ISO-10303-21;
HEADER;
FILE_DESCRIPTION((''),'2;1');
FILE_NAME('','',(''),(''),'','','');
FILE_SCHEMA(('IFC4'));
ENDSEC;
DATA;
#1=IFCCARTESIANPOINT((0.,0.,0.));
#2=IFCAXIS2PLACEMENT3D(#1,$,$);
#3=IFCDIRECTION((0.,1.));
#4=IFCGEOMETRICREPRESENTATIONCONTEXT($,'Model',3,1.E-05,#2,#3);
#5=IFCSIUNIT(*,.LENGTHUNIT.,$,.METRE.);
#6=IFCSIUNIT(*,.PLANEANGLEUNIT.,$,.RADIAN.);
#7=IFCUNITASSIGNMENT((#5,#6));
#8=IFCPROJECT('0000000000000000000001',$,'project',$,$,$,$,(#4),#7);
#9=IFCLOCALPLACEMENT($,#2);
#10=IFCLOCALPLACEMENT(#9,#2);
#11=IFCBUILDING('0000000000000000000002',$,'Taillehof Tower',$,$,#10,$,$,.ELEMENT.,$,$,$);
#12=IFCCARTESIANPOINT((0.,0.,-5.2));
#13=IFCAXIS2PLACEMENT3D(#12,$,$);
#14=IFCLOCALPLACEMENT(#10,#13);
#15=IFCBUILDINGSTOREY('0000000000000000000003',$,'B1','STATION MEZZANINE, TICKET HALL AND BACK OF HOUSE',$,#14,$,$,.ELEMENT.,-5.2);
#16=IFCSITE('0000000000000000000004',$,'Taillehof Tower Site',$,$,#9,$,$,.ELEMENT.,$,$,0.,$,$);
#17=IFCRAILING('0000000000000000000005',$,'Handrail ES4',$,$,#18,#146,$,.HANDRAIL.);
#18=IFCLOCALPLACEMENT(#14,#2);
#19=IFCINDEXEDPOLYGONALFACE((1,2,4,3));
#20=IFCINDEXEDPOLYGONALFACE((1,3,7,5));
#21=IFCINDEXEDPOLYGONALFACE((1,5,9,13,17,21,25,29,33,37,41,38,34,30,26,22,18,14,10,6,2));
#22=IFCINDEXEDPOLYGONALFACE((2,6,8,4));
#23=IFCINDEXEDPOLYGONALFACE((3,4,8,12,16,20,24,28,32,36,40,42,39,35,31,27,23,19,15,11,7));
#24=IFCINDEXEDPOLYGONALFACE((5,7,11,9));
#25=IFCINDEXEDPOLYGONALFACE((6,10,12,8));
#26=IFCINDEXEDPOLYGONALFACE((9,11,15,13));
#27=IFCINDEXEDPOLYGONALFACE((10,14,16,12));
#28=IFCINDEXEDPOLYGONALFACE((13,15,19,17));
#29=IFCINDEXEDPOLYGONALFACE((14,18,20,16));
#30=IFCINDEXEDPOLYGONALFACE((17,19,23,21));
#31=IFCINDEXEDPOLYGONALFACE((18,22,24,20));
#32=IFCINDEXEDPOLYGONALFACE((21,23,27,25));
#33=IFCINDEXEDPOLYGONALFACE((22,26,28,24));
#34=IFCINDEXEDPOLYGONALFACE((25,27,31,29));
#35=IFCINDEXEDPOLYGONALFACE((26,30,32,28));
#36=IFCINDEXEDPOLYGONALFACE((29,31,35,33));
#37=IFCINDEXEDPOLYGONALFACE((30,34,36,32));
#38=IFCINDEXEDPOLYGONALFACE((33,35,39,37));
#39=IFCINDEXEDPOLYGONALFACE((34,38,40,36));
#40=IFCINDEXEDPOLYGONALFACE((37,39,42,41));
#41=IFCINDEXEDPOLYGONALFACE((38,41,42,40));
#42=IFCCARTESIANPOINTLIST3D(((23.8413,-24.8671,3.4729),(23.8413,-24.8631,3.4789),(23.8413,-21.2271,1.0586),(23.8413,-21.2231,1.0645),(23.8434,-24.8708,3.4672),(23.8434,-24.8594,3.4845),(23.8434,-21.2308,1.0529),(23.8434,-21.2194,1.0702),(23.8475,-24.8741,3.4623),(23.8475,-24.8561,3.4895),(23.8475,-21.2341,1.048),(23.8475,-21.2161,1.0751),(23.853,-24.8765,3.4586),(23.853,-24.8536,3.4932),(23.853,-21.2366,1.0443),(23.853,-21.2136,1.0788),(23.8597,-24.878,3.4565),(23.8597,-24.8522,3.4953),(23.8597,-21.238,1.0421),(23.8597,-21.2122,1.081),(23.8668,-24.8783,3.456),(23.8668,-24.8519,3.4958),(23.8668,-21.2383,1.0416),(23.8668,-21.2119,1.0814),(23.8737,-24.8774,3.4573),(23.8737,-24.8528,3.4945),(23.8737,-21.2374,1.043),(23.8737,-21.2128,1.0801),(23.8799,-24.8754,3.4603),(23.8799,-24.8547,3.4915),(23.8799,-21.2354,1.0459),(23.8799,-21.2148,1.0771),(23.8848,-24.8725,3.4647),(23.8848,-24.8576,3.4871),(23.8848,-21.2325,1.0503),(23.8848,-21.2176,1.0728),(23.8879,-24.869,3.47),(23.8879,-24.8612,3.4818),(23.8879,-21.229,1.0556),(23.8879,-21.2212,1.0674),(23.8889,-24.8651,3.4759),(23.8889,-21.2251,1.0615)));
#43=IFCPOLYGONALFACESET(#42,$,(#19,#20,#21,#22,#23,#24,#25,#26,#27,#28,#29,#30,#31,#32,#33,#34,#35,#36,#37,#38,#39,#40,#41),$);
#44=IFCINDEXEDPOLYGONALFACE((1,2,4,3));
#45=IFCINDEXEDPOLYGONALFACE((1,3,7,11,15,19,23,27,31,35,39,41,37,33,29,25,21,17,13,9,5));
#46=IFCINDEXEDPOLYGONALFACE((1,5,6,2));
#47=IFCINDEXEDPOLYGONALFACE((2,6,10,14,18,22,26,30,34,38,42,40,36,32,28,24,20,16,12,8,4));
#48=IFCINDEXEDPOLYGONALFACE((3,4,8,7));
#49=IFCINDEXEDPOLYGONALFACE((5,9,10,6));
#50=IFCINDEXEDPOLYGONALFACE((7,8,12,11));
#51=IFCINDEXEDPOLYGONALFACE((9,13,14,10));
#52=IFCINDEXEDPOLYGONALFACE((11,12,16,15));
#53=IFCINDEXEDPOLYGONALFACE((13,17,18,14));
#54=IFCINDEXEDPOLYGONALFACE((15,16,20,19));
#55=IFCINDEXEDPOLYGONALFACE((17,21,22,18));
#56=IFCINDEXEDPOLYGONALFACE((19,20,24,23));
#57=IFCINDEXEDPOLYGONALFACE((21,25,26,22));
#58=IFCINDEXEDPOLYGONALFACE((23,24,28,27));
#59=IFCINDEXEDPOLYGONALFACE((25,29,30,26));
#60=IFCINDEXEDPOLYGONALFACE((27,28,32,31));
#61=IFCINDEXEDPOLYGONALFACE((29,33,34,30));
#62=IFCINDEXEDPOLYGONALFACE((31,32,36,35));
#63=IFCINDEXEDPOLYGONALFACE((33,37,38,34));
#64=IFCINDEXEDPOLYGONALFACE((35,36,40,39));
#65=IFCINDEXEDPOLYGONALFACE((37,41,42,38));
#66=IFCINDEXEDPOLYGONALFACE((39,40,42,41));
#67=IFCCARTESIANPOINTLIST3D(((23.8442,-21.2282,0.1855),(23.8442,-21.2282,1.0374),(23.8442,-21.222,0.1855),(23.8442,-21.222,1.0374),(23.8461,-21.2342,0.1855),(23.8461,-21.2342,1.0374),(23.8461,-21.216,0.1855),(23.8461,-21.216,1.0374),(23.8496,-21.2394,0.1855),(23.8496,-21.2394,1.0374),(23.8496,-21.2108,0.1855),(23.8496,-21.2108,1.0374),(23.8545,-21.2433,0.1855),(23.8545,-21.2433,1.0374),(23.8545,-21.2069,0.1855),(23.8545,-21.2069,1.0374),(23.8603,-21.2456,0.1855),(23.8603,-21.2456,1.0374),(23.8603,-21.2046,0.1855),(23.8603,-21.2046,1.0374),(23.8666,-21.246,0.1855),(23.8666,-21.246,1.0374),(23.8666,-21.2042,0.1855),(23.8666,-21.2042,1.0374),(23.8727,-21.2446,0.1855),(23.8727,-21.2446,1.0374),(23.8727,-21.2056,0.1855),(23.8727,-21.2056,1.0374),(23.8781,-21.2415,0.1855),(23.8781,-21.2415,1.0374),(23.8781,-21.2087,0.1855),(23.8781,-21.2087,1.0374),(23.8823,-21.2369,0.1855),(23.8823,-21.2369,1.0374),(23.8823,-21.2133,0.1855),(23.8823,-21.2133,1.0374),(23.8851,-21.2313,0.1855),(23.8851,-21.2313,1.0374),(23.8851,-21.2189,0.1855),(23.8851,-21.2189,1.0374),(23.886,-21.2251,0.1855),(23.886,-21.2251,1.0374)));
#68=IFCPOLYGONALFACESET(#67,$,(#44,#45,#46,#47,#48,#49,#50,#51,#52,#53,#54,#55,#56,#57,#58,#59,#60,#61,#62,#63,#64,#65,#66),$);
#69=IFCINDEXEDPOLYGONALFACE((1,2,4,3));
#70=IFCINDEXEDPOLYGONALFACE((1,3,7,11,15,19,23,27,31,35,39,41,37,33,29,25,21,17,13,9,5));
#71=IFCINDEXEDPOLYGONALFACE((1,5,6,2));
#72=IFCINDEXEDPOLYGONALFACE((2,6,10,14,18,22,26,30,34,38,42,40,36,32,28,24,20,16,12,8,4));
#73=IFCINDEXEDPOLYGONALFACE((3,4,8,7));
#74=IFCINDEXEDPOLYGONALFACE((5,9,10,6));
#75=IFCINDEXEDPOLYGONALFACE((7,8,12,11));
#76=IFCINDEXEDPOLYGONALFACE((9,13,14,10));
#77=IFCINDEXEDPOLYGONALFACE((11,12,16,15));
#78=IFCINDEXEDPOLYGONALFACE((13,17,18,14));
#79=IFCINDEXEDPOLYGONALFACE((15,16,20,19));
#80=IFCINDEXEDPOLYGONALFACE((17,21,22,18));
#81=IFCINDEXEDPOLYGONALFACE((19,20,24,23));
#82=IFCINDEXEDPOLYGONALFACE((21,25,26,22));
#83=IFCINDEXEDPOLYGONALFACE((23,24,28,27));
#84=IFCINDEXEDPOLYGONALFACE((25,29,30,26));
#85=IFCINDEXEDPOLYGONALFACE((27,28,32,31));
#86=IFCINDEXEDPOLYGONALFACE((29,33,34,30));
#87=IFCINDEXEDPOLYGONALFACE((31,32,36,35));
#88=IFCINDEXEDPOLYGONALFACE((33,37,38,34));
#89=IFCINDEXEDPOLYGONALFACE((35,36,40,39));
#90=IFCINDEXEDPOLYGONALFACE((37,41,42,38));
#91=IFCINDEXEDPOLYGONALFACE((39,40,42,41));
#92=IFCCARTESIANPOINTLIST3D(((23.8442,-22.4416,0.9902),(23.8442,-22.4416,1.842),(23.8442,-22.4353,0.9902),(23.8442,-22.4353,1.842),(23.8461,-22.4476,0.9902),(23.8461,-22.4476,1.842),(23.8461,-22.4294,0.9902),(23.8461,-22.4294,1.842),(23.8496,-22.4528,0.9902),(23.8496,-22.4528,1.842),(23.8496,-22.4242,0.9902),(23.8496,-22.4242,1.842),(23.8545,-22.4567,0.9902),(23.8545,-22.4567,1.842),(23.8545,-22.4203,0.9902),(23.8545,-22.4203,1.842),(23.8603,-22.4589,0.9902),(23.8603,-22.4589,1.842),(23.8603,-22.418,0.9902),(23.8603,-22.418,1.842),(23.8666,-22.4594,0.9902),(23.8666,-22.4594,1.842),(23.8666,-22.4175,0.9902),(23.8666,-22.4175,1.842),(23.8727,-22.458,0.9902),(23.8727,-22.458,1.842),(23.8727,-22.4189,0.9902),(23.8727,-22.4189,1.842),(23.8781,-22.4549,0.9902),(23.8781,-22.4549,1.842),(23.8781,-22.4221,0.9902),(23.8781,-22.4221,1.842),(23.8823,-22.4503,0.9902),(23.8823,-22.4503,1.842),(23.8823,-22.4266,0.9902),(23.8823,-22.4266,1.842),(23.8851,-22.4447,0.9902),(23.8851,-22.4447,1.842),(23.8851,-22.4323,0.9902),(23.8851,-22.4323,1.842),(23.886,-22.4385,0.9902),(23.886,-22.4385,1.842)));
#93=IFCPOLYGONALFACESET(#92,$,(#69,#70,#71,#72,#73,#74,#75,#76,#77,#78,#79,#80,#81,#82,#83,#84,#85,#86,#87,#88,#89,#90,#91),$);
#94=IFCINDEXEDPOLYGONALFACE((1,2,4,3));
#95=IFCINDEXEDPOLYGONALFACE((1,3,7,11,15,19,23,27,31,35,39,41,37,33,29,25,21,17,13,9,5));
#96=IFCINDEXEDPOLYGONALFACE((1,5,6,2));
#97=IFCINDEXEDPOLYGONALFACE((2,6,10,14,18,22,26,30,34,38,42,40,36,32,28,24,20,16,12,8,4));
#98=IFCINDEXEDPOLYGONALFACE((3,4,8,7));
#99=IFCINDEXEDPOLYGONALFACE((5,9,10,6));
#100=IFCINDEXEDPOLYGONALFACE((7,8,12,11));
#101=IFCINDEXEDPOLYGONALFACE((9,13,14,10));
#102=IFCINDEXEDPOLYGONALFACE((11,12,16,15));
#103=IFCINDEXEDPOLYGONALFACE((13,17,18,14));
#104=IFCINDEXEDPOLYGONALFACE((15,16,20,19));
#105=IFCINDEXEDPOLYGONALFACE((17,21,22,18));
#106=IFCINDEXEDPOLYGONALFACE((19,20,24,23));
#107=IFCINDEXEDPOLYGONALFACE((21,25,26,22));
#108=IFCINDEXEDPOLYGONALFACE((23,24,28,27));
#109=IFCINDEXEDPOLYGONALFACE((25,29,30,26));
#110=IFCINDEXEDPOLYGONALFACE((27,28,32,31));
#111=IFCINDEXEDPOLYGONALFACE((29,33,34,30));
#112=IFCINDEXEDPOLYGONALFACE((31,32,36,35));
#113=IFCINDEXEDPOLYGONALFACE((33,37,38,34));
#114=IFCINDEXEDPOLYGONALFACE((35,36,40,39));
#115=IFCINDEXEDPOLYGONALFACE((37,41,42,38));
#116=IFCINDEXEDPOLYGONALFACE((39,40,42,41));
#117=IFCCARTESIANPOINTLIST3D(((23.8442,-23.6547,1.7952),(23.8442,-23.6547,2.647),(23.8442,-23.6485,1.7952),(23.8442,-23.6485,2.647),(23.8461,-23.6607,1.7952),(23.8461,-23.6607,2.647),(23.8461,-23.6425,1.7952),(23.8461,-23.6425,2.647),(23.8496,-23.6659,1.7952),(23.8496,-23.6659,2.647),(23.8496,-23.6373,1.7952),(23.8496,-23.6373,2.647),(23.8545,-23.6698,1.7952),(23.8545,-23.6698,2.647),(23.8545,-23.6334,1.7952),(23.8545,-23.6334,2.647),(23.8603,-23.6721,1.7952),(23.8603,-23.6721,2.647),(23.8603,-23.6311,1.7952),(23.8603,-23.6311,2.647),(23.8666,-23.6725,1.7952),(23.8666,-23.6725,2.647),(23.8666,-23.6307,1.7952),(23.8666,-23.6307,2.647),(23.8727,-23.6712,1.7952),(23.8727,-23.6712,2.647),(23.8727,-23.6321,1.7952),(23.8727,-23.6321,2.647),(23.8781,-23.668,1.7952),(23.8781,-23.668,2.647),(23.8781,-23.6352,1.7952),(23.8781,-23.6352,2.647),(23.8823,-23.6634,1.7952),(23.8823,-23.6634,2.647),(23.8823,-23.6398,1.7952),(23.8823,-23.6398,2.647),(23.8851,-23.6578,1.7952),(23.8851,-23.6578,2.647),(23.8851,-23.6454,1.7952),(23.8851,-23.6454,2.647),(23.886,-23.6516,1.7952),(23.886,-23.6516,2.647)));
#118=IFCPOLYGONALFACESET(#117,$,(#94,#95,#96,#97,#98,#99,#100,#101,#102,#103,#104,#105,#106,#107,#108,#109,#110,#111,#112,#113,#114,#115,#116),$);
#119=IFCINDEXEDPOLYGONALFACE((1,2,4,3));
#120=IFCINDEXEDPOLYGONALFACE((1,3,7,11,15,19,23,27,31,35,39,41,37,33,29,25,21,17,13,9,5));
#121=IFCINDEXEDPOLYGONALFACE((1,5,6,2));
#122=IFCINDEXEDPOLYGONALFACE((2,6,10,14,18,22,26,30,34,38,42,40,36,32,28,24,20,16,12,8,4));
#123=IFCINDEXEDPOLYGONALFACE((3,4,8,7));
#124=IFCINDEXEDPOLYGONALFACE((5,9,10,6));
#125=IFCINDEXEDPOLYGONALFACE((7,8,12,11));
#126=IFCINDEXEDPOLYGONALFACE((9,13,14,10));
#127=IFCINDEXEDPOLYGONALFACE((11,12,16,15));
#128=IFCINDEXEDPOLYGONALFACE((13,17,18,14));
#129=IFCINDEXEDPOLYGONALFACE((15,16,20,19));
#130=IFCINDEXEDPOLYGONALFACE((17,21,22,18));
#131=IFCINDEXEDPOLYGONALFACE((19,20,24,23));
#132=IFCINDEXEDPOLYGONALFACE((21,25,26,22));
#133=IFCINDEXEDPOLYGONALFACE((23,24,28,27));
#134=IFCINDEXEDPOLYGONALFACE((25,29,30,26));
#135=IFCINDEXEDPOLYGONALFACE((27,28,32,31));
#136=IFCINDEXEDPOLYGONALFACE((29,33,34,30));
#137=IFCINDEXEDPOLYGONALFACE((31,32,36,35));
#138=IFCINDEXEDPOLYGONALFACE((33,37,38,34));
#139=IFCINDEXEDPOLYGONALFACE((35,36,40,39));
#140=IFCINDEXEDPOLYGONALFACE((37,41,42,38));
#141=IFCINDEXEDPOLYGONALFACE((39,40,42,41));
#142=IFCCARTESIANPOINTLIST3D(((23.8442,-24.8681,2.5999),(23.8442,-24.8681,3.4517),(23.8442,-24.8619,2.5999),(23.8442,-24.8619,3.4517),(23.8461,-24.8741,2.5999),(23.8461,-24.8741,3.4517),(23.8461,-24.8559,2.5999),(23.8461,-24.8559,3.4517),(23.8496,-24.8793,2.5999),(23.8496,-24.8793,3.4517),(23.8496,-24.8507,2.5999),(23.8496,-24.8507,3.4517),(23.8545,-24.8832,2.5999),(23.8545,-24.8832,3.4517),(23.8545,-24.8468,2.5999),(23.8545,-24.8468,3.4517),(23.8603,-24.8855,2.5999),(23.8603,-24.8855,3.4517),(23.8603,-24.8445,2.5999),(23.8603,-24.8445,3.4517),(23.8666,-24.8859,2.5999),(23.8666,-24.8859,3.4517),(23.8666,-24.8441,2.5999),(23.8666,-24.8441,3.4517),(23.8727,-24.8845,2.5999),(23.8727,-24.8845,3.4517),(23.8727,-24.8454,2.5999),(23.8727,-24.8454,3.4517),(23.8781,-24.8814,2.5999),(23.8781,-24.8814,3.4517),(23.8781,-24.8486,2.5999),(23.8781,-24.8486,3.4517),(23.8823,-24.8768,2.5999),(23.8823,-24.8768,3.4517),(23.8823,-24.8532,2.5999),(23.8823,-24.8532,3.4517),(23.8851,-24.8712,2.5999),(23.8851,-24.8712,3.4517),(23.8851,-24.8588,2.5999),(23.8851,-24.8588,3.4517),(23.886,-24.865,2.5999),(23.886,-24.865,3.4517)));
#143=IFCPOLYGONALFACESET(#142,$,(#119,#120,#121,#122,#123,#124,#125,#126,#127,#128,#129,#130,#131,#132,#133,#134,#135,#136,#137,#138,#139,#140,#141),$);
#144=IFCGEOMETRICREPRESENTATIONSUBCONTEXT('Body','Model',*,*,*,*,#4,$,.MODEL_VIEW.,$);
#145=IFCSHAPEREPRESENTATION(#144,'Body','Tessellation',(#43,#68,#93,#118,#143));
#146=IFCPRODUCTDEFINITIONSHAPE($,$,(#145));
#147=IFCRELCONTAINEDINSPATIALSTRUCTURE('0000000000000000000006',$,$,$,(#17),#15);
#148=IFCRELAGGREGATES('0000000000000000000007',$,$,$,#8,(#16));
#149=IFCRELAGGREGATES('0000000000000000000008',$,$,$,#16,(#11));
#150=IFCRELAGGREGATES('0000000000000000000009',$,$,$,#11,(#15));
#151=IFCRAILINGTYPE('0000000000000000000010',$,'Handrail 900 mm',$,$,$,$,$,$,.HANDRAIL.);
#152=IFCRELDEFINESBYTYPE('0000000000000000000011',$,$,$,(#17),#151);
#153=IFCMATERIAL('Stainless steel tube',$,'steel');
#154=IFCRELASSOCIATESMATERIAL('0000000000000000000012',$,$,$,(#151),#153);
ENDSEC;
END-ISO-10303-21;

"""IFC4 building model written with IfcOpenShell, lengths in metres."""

from ifc_helpers import new_model, si_unit, direction, frame, origin, origin_2d, place, context, subcontext, project, spatial, circle, extrude, material, type_object, element, save


model = new_model("IFC4")

# Units and contexts
model_context = context("Model", 3, precision=1e-05, world=origin(), true_north=direction((0.0, 1.0)))
body_context = subcontext(model_context, "Body", "Model", "MODEL_VIEW")
ifc_project = project(units=[si_unit("LENGTHUNIT", "METRE"), si_unit("PLANEANGLEUNIT", "RADIAN")], contexts=[model_context])

# Site, building, storey
site_placement = place(None, origin())
site = spatial("IfcSite", under=ifc_project, at=site_placement, Name="Taillehof Tower Site", CompositionType="ELEMENT", RefElevation=0.0)
building_placement = place(site_placement, origin())
building = spatial("IfcBuilding", under=site, at=building_placement, Name="Taillehof Tower", CompositionType="ELEMENT")
storey_placement = place(building_placement, frame((0.0, 0.0, -5.2)))
storey = spatial("IfcBuildingStorey", under=building, at=storey_placement, Name="B1", Description="STATION MEZZANINE, TICKET HALL AND BACK OF HOUSE", CompositionType="ELEMENT", Elevation=-5.2)

# Railing
ifc_material_1 = material(Name="Stainless steel tube", Category="steel")
railing_type_1 = type_object("IfcRailingType", Name="Handrail 900 mm", PredefinedType="HANDRAIL", material=ifc_material_1)
for number, where, name in (
    (1, (23.865, -21.2251, 0.1855), "Handrail ES4"),
):
    element("IfcRailing", number, at=place(storey_placement, frame(where)), inside=storey, type_object=railing_type_1, Name=name, PredefinedType="HANDRAIL", context=body_context, shape_type="SweptSolid", body=[
        extrude(circle(Radius=0.0239, at=origin_2d()), frame((0.0, 0.0, 0.876), z_axis=(0.0, -0.833347, 0.552751), x_axis=(1.0, 0.0, 0.0)), (0.0, 0.0, 1.0), 4.3679),
        extrude(circle(Radius=0.021, at=origin_2d()), origin(), (0.0, 0.0, 1.0), 0.8518),
        extrude(circle(Radius=0.021, at=origin_2d()), frame((0.0, -1.2134, 0.8047)), (0.0, 0.0, 1.0), 0.8518),
        extrude(circle(Radius=0.021, at=origin_2d()), frame((0.0, -2.4265, 1.6096)), (0.0, 0.0, 1.0), 0.8518),
        extrude(circle(Radius=0.021, at=origin_2d()), frame((0.0, -3.6399, 2.4143)), (0.0, 0.0, 1.0), 0.8518),
    ])

save(model, "model.ifc")
